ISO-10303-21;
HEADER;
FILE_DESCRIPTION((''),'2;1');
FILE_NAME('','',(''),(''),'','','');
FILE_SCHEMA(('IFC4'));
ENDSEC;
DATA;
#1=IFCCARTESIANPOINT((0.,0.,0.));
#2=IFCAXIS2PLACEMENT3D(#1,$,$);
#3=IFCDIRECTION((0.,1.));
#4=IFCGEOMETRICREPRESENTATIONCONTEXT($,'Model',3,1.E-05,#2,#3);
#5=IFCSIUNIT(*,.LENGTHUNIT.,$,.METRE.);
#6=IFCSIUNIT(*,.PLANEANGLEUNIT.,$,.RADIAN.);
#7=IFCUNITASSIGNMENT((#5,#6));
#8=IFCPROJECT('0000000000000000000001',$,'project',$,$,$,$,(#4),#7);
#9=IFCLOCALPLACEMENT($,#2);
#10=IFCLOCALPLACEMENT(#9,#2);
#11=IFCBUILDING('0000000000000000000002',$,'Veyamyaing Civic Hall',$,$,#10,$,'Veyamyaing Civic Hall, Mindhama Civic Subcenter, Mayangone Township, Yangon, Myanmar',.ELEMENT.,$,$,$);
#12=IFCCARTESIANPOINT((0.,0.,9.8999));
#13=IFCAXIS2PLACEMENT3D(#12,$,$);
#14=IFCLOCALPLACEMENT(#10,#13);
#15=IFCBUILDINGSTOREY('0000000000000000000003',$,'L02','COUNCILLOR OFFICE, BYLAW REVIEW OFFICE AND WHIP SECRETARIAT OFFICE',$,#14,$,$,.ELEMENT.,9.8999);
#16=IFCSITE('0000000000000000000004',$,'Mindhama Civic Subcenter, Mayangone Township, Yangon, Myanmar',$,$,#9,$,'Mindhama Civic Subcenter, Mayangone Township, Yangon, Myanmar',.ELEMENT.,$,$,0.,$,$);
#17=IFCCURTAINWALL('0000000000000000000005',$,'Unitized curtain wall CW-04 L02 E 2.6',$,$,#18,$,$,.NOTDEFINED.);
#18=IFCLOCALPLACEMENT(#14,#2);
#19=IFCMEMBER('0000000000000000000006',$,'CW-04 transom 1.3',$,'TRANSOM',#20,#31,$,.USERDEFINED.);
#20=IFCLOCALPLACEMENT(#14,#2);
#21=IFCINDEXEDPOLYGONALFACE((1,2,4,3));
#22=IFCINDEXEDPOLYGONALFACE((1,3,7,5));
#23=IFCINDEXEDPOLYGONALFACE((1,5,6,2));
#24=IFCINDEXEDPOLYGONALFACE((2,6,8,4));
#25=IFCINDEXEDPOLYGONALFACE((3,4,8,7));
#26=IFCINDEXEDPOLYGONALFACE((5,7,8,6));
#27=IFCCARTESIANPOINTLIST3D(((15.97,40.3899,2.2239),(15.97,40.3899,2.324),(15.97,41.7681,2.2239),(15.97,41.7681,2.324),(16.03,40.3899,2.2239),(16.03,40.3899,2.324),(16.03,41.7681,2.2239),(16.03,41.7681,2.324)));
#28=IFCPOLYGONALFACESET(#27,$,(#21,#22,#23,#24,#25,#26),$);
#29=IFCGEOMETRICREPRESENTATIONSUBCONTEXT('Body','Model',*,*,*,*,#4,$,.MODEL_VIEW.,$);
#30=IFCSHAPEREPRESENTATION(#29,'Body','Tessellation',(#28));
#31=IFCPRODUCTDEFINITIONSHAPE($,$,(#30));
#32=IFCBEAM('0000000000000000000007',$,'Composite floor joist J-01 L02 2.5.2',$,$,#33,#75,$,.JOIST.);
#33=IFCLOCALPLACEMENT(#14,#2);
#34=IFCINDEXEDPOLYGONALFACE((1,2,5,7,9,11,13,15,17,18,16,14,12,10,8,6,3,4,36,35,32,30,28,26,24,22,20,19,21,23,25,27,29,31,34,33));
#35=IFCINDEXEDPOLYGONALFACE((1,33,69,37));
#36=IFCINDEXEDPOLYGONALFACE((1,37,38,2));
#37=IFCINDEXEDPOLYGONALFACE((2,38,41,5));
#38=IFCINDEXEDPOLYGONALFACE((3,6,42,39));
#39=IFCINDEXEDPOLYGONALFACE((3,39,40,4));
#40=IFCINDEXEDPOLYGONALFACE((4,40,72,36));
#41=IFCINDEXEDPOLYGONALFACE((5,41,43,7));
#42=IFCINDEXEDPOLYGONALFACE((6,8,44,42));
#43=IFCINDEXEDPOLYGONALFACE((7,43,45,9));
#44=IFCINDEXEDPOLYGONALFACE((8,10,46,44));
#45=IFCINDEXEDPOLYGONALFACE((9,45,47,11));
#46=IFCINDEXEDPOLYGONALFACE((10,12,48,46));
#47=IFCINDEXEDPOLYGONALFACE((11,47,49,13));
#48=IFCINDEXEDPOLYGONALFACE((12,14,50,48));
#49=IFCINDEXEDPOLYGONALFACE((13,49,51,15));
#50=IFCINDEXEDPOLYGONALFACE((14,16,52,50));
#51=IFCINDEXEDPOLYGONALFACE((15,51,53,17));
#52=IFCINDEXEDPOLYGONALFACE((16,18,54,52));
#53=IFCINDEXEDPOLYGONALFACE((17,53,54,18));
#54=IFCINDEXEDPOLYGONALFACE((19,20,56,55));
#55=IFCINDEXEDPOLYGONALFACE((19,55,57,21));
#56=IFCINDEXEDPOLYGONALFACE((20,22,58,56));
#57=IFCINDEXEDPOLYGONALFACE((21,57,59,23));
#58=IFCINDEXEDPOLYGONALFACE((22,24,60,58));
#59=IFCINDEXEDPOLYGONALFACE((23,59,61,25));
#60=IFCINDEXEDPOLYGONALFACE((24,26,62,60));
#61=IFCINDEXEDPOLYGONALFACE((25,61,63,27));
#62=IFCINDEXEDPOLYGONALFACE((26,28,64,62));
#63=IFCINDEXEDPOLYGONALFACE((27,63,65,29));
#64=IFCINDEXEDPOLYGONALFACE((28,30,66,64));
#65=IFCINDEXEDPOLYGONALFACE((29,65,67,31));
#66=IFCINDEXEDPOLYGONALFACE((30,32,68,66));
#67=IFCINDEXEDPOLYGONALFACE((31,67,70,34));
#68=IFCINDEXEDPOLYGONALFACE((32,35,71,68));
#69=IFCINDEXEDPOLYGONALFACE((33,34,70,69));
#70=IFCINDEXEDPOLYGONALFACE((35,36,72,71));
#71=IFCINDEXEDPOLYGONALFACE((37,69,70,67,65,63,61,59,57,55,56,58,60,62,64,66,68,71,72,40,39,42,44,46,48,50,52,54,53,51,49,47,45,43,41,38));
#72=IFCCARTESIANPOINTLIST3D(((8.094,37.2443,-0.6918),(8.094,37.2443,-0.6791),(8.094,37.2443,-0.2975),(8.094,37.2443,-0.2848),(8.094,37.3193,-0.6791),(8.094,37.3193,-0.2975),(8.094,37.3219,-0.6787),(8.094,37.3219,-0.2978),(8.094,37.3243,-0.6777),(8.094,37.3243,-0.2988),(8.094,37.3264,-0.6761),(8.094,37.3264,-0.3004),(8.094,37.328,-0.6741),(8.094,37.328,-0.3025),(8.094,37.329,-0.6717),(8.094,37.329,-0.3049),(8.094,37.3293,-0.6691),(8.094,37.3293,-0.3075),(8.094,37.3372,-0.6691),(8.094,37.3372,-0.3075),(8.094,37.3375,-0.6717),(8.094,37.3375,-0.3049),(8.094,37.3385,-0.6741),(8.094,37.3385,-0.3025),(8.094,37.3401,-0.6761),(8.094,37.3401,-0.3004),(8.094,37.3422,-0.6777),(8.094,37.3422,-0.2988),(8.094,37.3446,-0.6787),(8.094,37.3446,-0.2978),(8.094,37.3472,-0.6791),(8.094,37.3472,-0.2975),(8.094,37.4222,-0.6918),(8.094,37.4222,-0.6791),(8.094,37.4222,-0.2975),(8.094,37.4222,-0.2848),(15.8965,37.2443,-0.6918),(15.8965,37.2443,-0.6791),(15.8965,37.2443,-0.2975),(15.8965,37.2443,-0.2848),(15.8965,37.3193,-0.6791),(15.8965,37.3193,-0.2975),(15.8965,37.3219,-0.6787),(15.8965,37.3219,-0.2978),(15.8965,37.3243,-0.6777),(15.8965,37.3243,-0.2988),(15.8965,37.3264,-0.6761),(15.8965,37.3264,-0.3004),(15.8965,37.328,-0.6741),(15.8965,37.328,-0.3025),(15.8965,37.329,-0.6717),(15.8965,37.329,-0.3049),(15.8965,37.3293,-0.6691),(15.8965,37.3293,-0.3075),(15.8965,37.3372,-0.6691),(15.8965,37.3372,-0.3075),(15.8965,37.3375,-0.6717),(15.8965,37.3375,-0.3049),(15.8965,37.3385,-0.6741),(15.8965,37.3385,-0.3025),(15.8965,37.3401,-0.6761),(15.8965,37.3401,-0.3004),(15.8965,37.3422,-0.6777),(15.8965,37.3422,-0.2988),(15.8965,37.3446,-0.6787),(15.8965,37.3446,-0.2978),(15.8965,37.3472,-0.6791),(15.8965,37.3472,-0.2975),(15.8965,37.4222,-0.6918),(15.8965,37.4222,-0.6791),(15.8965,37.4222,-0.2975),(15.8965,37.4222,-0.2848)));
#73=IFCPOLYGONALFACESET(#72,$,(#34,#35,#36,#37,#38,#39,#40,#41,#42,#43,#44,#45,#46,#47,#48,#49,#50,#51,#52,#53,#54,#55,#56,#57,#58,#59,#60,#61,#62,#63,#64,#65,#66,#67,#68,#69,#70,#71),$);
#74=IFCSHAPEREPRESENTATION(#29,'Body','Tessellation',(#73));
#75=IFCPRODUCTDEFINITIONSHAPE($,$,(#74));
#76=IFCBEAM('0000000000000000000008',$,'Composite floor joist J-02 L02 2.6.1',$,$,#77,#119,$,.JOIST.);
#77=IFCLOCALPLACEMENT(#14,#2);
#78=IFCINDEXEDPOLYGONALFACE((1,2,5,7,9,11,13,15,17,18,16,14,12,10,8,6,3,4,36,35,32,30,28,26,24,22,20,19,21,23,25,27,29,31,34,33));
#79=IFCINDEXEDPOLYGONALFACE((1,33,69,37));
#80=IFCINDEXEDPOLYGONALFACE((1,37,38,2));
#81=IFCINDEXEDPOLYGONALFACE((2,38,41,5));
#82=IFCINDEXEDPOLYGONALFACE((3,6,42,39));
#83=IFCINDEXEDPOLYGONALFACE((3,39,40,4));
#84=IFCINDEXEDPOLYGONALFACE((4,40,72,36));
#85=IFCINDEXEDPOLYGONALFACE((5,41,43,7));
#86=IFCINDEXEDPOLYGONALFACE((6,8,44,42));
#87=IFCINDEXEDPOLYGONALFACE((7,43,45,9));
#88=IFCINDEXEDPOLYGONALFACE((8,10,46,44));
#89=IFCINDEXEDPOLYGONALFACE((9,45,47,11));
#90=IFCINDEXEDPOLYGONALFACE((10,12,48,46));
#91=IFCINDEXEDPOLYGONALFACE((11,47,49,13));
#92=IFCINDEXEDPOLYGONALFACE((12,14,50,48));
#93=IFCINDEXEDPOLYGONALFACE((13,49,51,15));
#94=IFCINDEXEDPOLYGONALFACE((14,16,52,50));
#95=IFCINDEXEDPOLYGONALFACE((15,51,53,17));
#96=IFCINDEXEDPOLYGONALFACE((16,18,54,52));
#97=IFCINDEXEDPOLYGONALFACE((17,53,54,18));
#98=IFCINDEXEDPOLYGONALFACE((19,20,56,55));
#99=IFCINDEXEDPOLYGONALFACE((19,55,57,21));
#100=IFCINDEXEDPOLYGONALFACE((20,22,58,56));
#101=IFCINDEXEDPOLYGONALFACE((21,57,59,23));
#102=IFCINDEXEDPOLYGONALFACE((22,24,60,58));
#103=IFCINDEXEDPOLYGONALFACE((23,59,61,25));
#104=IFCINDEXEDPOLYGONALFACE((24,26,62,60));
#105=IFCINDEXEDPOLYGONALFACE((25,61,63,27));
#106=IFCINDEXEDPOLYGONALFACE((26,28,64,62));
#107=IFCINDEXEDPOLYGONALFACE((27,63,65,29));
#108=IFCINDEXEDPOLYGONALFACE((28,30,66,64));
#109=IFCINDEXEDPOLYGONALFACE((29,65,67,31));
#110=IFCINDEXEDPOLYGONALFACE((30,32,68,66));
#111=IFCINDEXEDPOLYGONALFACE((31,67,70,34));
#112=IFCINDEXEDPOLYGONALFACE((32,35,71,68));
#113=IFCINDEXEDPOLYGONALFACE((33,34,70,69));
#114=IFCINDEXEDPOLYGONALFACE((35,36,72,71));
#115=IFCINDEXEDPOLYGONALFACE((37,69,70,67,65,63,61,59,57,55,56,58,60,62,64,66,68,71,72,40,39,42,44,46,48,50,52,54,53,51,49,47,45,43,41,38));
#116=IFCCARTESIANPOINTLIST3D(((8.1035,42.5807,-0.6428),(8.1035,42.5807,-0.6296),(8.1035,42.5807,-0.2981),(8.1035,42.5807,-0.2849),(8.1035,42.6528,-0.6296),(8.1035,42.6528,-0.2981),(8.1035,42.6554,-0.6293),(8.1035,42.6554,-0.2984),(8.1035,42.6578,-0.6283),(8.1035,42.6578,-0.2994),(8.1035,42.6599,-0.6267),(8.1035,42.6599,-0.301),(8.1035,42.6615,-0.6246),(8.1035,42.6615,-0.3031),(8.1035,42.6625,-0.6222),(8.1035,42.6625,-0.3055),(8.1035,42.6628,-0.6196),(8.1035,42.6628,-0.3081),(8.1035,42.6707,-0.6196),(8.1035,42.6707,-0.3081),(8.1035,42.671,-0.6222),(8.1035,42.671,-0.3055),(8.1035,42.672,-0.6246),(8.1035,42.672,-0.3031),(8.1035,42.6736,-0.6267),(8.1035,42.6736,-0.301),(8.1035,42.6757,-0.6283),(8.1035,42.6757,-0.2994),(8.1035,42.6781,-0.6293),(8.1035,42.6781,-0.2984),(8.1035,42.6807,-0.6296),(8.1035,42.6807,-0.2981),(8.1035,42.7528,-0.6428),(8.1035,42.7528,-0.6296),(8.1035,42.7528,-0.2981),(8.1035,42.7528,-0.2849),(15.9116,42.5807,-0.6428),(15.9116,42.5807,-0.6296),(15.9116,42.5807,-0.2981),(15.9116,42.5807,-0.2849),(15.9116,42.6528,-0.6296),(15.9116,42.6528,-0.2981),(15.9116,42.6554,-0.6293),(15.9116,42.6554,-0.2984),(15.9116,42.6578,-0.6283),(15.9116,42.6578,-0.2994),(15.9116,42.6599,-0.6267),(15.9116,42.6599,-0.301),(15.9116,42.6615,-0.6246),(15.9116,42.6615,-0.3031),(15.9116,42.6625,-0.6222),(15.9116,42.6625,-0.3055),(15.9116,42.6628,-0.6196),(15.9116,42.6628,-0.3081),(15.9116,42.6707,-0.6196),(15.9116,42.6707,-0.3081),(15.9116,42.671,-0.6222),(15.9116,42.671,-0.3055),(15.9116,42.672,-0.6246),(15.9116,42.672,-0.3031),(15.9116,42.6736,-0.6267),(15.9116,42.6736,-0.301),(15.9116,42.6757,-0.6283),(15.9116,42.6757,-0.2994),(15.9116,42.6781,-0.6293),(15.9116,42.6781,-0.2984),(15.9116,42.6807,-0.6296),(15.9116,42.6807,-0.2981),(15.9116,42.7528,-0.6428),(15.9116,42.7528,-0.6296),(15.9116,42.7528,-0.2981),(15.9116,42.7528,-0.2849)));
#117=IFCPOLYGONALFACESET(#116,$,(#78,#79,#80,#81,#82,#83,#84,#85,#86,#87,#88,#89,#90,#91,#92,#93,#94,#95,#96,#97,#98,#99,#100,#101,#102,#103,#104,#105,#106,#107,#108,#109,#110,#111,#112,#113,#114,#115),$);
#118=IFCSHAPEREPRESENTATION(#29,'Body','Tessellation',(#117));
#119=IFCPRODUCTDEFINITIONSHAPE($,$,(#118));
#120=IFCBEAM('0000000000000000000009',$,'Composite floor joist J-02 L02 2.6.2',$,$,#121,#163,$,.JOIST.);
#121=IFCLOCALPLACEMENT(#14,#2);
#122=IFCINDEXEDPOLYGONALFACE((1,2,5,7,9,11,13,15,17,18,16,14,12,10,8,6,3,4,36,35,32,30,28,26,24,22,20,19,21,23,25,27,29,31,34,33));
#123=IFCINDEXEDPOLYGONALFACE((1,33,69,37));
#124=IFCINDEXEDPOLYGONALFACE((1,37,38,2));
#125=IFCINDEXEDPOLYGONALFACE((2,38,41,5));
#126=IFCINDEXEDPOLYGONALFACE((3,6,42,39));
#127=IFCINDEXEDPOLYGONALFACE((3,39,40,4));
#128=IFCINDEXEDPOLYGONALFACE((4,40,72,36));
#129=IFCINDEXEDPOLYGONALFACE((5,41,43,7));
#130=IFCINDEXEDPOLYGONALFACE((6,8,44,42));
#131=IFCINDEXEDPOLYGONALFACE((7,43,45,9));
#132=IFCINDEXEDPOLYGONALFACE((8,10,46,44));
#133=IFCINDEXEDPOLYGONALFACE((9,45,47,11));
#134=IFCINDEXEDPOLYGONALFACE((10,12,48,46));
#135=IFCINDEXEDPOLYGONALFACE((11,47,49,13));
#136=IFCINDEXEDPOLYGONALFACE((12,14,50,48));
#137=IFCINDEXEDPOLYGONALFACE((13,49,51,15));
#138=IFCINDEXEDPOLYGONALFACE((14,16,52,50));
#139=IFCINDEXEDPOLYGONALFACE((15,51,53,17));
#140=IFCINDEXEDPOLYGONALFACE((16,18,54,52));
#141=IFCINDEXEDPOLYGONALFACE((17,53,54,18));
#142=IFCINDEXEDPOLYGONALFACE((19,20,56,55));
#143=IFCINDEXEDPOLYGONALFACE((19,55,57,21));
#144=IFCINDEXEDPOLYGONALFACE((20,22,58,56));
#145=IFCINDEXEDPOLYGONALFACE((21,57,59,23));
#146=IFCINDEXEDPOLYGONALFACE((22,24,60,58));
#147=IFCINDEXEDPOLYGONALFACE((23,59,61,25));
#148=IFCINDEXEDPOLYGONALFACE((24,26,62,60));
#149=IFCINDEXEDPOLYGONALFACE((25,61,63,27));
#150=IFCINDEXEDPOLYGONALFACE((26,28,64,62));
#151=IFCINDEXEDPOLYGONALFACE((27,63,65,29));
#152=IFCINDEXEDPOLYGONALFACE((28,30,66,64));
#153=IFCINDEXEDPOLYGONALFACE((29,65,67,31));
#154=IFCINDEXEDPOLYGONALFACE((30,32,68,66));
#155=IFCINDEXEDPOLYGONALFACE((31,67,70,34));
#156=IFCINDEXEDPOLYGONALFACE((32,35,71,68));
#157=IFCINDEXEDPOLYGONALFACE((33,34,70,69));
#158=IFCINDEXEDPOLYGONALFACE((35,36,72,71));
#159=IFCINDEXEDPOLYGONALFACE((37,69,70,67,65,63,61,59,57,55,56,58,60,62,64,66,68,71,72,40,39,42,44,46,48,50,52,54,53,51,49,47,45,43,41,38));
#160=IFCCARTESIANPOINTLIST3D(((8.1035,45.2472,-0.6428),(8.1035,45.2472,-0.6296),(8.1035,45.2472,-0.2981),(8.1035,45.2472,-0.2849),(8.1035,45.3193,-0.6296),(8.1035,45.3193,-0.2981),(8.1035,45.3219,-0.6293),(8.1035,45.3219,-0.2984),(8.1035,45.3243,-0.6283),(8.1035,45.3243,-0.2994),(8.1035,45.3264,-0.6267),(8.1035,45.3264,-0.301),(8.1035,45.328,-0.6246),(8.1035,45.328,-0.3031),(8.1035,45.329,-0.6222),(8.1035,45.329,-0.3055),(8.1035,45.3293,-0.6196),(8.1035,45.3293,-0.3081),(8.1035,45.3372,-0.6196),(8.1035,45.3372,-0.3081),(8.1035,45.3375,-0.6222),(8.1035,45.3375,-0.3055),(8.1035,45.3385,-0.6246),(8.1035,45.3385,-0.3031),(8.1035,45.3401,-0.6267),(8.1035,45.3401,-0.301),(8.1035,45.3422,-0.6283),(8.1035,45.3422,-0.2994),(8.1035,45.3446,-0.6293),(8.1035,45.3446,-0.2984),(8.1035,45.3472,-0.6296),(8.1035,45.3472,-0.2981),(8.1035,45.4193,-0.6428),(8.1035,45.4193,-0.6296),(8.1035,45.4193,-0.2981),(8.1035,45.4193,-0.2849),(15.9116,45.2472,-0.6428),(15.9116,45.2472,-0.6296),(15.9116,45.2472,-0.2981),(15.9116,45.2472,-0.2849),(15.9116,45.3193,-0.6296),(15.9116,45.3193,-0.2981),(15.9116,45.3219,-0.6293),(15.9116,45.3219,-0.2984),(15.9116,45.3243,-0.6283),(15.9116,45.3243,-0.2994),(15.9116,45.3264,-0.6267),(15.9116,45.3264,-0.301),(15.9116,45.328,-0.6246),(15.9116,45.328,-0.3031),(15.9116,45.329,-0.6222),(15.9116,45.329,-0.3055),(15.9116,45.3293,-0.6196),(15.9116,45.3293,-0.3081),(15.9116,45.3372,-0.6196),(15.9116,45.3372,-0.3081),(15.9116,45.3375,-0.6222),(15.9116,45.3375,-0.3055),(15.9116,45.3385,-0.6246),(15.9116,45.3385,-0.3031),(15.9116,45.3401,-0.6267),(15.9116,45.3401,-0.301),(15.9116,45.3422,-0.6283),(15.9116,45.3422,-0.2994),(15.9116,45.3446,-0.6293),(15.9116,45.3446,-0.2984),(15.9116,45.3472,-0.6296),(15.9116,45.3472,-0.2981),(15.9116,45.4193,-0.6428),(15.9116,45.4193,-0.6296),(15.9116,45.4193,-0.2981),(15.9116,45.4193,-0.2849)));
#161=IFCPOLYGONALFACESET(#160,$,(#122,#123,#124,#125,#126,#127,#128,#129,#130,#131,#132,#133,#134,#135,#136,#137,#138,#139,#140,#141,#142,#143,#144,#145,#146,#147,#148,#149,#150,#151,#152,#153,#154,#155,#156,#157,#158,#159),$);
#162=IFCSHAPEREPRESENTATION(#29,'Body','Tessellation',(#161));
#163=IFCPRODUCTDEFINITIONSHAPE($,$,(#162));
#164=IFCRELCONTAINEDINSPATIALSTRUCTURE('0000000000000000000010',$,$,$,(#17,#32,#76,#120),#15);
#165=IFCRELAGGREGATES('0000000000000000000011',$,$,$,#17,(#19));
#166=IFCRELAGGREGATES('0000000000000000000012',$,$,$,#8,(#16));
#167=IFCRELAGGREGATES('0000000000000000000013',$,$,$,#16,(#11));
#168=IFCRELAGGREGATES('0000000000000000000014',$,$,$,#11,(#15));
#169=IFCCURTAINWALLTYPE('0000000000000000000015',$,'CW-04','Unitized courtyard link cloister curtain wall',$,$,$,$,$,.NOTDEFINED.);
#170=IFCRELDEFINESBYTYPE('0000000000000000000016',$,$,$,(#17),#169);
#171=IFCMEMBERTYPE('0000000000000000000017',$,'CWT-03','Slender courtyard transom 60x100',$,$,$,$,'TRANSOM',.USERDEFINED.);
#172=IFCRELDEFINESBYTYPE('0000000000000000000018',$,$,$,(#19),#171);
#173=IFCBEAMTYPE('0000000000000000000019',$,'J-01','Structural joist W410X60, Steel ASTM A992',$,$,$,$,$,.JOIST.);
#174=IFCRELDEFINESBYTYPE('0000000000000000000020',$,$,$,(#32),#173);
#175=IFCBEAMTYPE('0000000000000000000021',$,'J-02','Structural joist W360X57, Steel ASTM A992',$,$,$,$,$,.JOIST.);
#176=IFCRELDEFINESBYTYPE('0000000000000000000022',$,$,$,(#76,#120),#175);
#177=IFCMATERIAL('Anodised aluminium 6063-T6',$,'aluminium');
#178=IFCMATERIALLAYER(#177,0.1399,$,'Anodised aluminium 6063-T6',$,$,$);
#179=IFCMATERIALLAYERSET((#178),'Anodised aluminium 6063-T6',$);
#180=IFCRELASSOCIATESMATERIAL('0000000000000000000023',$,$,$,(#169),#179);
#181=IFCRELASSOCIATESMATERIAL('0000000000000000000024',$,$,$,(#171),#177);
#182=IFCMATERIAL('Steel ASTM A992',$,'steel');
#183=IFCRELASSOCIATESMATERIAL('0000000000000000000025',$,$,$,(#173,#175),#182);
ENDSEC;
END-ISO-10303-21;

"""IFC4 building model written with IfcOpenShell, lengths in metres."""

from ifc_helpers import new_model, si_unit, direction, frame, origin, origin_2d, place, context, subcontext, project, spatial, rectangle, i_section, extrude, material, layer, layer_set, material_profile, profile_set, type_object, element, aggregate, save


model = new_model("IFC4")

# Units and contexts
model_context = context("Model", 3, precision=1e-05, world=origin(), true_north=direction((0.0, 1.0)))
body_context = subcontext(model_context, "Body", "Model", "MODEL_VIEW")
ifc_project = project(units=[si_unit("LENGTHUNIT", "METRE"), si_unit("PLANEANGLEUNIT", "RADIAN")], contexts=[model_context])

# Site, building, storey
site_placement = place(None, origin())
site = spatial("IfcSite", under=ifc_project, at=site_placement, Name="Mindhama Civic Subcenter, Mayangone Township, Yangon, Myanmar", LongName="Mindhama Civic Subcenter, Mayangone Township, Yangon, Myanmar", CompositionType="ELEMENT", RefElevation=0.0)
building_placement = place(site_placement, origin())
building = spatial("IfcBuilding", under=site, at=building_placement, Name="Veyamyaing Civic Hall", LongName="Veyamyaing Civic Hall, Mindhama Civic Subcenter, Mayangone Township, Yangon, Myanmar", CompositionType="ELEMENT")
storey_placement = place(building_placement, frame((0.0, 0.0, 9.8999)))
storey = spatial("IfcBuildingStorey", under=building, at=storey_placement, Name="L02", Description="COUNCILLOR OFFICE, BYLAW REVIEW OFFICE AND WHIP SECRETARIAT OFFICE", CompositionType="ELEMENT", Elevation=9.8999)

# Shared definitions
ifc_material_1 = material(Name="Steel ASTM A992", Category="steel")

# Curtain wall, member
ifc_material_2 = material(Name="Anodised aluminium 6063-T6", Category="aluminium")
ifc_layer_1 = layer(ifc_material_2, 0.1399, Name="Anodised aluminium 6063-T6")
ifc_layer_set_1 = layer_set([ifc_layer_1], Name="Anodised aluminium 6063-T6")
curtain_wall_type = type_object("IfcCurtainWallType", Name="CW-04", Description="Unitized courtyard link cloister curtain wall", PredefinedType="NOTDEFINED", material=ifc_layer_set_1)
curtain_wall_placement = place(storey_placement, origin())
curtain_wall = element("IfcCurtainWall", 1, at=curtain_wall_placement, inside=storey, type_object=curtain_wall_type, Name="Unitized curtain wall CW-04 L02 E 2.6", PredefinedType="NOTDEFINED")
ifc_material_profile_1 = material_profile(ifc_material_2, rectangle(XDim=0.0601, YDim=0.1001, at=origin_2d()), Name="ALU-TRN-60X100")
ifc_profile_set_1 = profile_set([ifc_material_profile_1], Name="Anodised aluminium 6063-T6")
member_type_1 = type_object("IfcMemberType", Name="CWT-03", Description="Slender courtyard transom 60x100", ElementType="TRANSOM", PredefinedType="USERDEFINED", material=ifc_profile_set_1)
member_1_placement = place(storey_placement, frame((16.0, 40.3899, 2.2739), z_axis=(0.0, 1.0, 0.0), x_axis=(-1.0, 0.0, 0.0)))
member_1 = element("IfcMember", 2, at=member_1_placement, type_object=member_type_1, Name="CW-04 transom 1.3", ObjectType="TRANSOM", PredefinedType="USERDEFINED", context=body_context, shape_type="SweptSolid", body=[
    extrude(rectangle(XDim=0.0601, YDim=0.1001, at=origin_2d()), origin(), (0.0, 0.0, 1.0), 1.3782),
])
aggregate(curtain_wall, [member_1])

# Beams
ifc_material_profile_2 = material_profile(ifc_material_1, i_section(OverallWidth=0.178, OverallDepth=0.407, WebThickness=0.0078, FlangeThickness=0.0127, FilletRadius=0.01, at=origin_2d()), Name="W410X60")
ifc_profile_set_2 = profile_set([ifc_material_profile_2], Name="Steel ASTM A992")
beam_type_1 = type_object("IfcBeamType", Name="J-01", Description="Structural joist W410X60, Steel ASTM A992", PredefinedType="JOIST", material=ifc_profile_set_2)
beam_1_placement = place(storey_placement, frame((8.094, 37.3333, -0.4883), z_axis=(1.0, 0.0, 0.0), x_axis=(0.0, 1.0, 0.0)))
element("IfcBeam", 3, at=beam_1_placement, inside=storey, type_object=beam_type_1, Name="Composite floor joist J-01 L02 2.5.2", PredefinedType="JOIST", context=body_context, shape_type="SweptSolid", body=[
    extrude(i_section(OverallWidth=0.178, OverallDepth=0.407, WebThickness=0.0078, FlangeThickness=0.0127, FilletRadius=0.01, at=origin_2d()), origin(), (0.0, 0.0, 1.0), 7.8025),
])
ifc_material_profile_3 = material_profile(ifc_material_1, i_section(OverallWidth=0.1721, OverallDepth=0.3579, WebThickness=0.0078, FlangeThickness=0.0132, FilletRadius=0.01, at=origin_2d()), Name="W360X57")
ifc_profile_set_3 = profile_set([ifc_material_profile_3], Name="Steel ASTM A992")
beam_type_2 = type_object("IfcBeamType", Name="J-02", Description="Structural joist W360X57, Steel ASTM A992", PredefinedType="JOIST", material=ifc_profile_set_3)
for number, where, z_axis, x_axis, name in (
    (4, (8.1035, 42.6667, -0.4639), (1.0, 0.0, 0.0), (0.0, 1.0, 0.0), "Composite floor joist J-02 L02 2.6.1"),
    (5, (8.1035, 45.3333, -0.4639), (1.0, 0.0, 0.0), (0.0, 1.0, 0.0), "Composite floor joist J-02 L02 2.6.2"),
):
    element("IfcBeam", number, at=place(storey_placement, frame(where, z_axis=z_axis, x_axis=x_axis)), inside=storey, type_object=beam_type_2, Name=name, PredefinedType="JOIST", context=body_context, shape_type="SweptSolid", body=[
        extrude(i_section(OverallWidth=0.1721, OverallDepth=0.3579, WebThickness=0.0078, FlangeThickness=0.0132, FilletRadius=0.01, at=origin_2d()), origin(), (0.0, 0.0, 1.0), 7.8081),
    ])

save(model, "model.ifc")
